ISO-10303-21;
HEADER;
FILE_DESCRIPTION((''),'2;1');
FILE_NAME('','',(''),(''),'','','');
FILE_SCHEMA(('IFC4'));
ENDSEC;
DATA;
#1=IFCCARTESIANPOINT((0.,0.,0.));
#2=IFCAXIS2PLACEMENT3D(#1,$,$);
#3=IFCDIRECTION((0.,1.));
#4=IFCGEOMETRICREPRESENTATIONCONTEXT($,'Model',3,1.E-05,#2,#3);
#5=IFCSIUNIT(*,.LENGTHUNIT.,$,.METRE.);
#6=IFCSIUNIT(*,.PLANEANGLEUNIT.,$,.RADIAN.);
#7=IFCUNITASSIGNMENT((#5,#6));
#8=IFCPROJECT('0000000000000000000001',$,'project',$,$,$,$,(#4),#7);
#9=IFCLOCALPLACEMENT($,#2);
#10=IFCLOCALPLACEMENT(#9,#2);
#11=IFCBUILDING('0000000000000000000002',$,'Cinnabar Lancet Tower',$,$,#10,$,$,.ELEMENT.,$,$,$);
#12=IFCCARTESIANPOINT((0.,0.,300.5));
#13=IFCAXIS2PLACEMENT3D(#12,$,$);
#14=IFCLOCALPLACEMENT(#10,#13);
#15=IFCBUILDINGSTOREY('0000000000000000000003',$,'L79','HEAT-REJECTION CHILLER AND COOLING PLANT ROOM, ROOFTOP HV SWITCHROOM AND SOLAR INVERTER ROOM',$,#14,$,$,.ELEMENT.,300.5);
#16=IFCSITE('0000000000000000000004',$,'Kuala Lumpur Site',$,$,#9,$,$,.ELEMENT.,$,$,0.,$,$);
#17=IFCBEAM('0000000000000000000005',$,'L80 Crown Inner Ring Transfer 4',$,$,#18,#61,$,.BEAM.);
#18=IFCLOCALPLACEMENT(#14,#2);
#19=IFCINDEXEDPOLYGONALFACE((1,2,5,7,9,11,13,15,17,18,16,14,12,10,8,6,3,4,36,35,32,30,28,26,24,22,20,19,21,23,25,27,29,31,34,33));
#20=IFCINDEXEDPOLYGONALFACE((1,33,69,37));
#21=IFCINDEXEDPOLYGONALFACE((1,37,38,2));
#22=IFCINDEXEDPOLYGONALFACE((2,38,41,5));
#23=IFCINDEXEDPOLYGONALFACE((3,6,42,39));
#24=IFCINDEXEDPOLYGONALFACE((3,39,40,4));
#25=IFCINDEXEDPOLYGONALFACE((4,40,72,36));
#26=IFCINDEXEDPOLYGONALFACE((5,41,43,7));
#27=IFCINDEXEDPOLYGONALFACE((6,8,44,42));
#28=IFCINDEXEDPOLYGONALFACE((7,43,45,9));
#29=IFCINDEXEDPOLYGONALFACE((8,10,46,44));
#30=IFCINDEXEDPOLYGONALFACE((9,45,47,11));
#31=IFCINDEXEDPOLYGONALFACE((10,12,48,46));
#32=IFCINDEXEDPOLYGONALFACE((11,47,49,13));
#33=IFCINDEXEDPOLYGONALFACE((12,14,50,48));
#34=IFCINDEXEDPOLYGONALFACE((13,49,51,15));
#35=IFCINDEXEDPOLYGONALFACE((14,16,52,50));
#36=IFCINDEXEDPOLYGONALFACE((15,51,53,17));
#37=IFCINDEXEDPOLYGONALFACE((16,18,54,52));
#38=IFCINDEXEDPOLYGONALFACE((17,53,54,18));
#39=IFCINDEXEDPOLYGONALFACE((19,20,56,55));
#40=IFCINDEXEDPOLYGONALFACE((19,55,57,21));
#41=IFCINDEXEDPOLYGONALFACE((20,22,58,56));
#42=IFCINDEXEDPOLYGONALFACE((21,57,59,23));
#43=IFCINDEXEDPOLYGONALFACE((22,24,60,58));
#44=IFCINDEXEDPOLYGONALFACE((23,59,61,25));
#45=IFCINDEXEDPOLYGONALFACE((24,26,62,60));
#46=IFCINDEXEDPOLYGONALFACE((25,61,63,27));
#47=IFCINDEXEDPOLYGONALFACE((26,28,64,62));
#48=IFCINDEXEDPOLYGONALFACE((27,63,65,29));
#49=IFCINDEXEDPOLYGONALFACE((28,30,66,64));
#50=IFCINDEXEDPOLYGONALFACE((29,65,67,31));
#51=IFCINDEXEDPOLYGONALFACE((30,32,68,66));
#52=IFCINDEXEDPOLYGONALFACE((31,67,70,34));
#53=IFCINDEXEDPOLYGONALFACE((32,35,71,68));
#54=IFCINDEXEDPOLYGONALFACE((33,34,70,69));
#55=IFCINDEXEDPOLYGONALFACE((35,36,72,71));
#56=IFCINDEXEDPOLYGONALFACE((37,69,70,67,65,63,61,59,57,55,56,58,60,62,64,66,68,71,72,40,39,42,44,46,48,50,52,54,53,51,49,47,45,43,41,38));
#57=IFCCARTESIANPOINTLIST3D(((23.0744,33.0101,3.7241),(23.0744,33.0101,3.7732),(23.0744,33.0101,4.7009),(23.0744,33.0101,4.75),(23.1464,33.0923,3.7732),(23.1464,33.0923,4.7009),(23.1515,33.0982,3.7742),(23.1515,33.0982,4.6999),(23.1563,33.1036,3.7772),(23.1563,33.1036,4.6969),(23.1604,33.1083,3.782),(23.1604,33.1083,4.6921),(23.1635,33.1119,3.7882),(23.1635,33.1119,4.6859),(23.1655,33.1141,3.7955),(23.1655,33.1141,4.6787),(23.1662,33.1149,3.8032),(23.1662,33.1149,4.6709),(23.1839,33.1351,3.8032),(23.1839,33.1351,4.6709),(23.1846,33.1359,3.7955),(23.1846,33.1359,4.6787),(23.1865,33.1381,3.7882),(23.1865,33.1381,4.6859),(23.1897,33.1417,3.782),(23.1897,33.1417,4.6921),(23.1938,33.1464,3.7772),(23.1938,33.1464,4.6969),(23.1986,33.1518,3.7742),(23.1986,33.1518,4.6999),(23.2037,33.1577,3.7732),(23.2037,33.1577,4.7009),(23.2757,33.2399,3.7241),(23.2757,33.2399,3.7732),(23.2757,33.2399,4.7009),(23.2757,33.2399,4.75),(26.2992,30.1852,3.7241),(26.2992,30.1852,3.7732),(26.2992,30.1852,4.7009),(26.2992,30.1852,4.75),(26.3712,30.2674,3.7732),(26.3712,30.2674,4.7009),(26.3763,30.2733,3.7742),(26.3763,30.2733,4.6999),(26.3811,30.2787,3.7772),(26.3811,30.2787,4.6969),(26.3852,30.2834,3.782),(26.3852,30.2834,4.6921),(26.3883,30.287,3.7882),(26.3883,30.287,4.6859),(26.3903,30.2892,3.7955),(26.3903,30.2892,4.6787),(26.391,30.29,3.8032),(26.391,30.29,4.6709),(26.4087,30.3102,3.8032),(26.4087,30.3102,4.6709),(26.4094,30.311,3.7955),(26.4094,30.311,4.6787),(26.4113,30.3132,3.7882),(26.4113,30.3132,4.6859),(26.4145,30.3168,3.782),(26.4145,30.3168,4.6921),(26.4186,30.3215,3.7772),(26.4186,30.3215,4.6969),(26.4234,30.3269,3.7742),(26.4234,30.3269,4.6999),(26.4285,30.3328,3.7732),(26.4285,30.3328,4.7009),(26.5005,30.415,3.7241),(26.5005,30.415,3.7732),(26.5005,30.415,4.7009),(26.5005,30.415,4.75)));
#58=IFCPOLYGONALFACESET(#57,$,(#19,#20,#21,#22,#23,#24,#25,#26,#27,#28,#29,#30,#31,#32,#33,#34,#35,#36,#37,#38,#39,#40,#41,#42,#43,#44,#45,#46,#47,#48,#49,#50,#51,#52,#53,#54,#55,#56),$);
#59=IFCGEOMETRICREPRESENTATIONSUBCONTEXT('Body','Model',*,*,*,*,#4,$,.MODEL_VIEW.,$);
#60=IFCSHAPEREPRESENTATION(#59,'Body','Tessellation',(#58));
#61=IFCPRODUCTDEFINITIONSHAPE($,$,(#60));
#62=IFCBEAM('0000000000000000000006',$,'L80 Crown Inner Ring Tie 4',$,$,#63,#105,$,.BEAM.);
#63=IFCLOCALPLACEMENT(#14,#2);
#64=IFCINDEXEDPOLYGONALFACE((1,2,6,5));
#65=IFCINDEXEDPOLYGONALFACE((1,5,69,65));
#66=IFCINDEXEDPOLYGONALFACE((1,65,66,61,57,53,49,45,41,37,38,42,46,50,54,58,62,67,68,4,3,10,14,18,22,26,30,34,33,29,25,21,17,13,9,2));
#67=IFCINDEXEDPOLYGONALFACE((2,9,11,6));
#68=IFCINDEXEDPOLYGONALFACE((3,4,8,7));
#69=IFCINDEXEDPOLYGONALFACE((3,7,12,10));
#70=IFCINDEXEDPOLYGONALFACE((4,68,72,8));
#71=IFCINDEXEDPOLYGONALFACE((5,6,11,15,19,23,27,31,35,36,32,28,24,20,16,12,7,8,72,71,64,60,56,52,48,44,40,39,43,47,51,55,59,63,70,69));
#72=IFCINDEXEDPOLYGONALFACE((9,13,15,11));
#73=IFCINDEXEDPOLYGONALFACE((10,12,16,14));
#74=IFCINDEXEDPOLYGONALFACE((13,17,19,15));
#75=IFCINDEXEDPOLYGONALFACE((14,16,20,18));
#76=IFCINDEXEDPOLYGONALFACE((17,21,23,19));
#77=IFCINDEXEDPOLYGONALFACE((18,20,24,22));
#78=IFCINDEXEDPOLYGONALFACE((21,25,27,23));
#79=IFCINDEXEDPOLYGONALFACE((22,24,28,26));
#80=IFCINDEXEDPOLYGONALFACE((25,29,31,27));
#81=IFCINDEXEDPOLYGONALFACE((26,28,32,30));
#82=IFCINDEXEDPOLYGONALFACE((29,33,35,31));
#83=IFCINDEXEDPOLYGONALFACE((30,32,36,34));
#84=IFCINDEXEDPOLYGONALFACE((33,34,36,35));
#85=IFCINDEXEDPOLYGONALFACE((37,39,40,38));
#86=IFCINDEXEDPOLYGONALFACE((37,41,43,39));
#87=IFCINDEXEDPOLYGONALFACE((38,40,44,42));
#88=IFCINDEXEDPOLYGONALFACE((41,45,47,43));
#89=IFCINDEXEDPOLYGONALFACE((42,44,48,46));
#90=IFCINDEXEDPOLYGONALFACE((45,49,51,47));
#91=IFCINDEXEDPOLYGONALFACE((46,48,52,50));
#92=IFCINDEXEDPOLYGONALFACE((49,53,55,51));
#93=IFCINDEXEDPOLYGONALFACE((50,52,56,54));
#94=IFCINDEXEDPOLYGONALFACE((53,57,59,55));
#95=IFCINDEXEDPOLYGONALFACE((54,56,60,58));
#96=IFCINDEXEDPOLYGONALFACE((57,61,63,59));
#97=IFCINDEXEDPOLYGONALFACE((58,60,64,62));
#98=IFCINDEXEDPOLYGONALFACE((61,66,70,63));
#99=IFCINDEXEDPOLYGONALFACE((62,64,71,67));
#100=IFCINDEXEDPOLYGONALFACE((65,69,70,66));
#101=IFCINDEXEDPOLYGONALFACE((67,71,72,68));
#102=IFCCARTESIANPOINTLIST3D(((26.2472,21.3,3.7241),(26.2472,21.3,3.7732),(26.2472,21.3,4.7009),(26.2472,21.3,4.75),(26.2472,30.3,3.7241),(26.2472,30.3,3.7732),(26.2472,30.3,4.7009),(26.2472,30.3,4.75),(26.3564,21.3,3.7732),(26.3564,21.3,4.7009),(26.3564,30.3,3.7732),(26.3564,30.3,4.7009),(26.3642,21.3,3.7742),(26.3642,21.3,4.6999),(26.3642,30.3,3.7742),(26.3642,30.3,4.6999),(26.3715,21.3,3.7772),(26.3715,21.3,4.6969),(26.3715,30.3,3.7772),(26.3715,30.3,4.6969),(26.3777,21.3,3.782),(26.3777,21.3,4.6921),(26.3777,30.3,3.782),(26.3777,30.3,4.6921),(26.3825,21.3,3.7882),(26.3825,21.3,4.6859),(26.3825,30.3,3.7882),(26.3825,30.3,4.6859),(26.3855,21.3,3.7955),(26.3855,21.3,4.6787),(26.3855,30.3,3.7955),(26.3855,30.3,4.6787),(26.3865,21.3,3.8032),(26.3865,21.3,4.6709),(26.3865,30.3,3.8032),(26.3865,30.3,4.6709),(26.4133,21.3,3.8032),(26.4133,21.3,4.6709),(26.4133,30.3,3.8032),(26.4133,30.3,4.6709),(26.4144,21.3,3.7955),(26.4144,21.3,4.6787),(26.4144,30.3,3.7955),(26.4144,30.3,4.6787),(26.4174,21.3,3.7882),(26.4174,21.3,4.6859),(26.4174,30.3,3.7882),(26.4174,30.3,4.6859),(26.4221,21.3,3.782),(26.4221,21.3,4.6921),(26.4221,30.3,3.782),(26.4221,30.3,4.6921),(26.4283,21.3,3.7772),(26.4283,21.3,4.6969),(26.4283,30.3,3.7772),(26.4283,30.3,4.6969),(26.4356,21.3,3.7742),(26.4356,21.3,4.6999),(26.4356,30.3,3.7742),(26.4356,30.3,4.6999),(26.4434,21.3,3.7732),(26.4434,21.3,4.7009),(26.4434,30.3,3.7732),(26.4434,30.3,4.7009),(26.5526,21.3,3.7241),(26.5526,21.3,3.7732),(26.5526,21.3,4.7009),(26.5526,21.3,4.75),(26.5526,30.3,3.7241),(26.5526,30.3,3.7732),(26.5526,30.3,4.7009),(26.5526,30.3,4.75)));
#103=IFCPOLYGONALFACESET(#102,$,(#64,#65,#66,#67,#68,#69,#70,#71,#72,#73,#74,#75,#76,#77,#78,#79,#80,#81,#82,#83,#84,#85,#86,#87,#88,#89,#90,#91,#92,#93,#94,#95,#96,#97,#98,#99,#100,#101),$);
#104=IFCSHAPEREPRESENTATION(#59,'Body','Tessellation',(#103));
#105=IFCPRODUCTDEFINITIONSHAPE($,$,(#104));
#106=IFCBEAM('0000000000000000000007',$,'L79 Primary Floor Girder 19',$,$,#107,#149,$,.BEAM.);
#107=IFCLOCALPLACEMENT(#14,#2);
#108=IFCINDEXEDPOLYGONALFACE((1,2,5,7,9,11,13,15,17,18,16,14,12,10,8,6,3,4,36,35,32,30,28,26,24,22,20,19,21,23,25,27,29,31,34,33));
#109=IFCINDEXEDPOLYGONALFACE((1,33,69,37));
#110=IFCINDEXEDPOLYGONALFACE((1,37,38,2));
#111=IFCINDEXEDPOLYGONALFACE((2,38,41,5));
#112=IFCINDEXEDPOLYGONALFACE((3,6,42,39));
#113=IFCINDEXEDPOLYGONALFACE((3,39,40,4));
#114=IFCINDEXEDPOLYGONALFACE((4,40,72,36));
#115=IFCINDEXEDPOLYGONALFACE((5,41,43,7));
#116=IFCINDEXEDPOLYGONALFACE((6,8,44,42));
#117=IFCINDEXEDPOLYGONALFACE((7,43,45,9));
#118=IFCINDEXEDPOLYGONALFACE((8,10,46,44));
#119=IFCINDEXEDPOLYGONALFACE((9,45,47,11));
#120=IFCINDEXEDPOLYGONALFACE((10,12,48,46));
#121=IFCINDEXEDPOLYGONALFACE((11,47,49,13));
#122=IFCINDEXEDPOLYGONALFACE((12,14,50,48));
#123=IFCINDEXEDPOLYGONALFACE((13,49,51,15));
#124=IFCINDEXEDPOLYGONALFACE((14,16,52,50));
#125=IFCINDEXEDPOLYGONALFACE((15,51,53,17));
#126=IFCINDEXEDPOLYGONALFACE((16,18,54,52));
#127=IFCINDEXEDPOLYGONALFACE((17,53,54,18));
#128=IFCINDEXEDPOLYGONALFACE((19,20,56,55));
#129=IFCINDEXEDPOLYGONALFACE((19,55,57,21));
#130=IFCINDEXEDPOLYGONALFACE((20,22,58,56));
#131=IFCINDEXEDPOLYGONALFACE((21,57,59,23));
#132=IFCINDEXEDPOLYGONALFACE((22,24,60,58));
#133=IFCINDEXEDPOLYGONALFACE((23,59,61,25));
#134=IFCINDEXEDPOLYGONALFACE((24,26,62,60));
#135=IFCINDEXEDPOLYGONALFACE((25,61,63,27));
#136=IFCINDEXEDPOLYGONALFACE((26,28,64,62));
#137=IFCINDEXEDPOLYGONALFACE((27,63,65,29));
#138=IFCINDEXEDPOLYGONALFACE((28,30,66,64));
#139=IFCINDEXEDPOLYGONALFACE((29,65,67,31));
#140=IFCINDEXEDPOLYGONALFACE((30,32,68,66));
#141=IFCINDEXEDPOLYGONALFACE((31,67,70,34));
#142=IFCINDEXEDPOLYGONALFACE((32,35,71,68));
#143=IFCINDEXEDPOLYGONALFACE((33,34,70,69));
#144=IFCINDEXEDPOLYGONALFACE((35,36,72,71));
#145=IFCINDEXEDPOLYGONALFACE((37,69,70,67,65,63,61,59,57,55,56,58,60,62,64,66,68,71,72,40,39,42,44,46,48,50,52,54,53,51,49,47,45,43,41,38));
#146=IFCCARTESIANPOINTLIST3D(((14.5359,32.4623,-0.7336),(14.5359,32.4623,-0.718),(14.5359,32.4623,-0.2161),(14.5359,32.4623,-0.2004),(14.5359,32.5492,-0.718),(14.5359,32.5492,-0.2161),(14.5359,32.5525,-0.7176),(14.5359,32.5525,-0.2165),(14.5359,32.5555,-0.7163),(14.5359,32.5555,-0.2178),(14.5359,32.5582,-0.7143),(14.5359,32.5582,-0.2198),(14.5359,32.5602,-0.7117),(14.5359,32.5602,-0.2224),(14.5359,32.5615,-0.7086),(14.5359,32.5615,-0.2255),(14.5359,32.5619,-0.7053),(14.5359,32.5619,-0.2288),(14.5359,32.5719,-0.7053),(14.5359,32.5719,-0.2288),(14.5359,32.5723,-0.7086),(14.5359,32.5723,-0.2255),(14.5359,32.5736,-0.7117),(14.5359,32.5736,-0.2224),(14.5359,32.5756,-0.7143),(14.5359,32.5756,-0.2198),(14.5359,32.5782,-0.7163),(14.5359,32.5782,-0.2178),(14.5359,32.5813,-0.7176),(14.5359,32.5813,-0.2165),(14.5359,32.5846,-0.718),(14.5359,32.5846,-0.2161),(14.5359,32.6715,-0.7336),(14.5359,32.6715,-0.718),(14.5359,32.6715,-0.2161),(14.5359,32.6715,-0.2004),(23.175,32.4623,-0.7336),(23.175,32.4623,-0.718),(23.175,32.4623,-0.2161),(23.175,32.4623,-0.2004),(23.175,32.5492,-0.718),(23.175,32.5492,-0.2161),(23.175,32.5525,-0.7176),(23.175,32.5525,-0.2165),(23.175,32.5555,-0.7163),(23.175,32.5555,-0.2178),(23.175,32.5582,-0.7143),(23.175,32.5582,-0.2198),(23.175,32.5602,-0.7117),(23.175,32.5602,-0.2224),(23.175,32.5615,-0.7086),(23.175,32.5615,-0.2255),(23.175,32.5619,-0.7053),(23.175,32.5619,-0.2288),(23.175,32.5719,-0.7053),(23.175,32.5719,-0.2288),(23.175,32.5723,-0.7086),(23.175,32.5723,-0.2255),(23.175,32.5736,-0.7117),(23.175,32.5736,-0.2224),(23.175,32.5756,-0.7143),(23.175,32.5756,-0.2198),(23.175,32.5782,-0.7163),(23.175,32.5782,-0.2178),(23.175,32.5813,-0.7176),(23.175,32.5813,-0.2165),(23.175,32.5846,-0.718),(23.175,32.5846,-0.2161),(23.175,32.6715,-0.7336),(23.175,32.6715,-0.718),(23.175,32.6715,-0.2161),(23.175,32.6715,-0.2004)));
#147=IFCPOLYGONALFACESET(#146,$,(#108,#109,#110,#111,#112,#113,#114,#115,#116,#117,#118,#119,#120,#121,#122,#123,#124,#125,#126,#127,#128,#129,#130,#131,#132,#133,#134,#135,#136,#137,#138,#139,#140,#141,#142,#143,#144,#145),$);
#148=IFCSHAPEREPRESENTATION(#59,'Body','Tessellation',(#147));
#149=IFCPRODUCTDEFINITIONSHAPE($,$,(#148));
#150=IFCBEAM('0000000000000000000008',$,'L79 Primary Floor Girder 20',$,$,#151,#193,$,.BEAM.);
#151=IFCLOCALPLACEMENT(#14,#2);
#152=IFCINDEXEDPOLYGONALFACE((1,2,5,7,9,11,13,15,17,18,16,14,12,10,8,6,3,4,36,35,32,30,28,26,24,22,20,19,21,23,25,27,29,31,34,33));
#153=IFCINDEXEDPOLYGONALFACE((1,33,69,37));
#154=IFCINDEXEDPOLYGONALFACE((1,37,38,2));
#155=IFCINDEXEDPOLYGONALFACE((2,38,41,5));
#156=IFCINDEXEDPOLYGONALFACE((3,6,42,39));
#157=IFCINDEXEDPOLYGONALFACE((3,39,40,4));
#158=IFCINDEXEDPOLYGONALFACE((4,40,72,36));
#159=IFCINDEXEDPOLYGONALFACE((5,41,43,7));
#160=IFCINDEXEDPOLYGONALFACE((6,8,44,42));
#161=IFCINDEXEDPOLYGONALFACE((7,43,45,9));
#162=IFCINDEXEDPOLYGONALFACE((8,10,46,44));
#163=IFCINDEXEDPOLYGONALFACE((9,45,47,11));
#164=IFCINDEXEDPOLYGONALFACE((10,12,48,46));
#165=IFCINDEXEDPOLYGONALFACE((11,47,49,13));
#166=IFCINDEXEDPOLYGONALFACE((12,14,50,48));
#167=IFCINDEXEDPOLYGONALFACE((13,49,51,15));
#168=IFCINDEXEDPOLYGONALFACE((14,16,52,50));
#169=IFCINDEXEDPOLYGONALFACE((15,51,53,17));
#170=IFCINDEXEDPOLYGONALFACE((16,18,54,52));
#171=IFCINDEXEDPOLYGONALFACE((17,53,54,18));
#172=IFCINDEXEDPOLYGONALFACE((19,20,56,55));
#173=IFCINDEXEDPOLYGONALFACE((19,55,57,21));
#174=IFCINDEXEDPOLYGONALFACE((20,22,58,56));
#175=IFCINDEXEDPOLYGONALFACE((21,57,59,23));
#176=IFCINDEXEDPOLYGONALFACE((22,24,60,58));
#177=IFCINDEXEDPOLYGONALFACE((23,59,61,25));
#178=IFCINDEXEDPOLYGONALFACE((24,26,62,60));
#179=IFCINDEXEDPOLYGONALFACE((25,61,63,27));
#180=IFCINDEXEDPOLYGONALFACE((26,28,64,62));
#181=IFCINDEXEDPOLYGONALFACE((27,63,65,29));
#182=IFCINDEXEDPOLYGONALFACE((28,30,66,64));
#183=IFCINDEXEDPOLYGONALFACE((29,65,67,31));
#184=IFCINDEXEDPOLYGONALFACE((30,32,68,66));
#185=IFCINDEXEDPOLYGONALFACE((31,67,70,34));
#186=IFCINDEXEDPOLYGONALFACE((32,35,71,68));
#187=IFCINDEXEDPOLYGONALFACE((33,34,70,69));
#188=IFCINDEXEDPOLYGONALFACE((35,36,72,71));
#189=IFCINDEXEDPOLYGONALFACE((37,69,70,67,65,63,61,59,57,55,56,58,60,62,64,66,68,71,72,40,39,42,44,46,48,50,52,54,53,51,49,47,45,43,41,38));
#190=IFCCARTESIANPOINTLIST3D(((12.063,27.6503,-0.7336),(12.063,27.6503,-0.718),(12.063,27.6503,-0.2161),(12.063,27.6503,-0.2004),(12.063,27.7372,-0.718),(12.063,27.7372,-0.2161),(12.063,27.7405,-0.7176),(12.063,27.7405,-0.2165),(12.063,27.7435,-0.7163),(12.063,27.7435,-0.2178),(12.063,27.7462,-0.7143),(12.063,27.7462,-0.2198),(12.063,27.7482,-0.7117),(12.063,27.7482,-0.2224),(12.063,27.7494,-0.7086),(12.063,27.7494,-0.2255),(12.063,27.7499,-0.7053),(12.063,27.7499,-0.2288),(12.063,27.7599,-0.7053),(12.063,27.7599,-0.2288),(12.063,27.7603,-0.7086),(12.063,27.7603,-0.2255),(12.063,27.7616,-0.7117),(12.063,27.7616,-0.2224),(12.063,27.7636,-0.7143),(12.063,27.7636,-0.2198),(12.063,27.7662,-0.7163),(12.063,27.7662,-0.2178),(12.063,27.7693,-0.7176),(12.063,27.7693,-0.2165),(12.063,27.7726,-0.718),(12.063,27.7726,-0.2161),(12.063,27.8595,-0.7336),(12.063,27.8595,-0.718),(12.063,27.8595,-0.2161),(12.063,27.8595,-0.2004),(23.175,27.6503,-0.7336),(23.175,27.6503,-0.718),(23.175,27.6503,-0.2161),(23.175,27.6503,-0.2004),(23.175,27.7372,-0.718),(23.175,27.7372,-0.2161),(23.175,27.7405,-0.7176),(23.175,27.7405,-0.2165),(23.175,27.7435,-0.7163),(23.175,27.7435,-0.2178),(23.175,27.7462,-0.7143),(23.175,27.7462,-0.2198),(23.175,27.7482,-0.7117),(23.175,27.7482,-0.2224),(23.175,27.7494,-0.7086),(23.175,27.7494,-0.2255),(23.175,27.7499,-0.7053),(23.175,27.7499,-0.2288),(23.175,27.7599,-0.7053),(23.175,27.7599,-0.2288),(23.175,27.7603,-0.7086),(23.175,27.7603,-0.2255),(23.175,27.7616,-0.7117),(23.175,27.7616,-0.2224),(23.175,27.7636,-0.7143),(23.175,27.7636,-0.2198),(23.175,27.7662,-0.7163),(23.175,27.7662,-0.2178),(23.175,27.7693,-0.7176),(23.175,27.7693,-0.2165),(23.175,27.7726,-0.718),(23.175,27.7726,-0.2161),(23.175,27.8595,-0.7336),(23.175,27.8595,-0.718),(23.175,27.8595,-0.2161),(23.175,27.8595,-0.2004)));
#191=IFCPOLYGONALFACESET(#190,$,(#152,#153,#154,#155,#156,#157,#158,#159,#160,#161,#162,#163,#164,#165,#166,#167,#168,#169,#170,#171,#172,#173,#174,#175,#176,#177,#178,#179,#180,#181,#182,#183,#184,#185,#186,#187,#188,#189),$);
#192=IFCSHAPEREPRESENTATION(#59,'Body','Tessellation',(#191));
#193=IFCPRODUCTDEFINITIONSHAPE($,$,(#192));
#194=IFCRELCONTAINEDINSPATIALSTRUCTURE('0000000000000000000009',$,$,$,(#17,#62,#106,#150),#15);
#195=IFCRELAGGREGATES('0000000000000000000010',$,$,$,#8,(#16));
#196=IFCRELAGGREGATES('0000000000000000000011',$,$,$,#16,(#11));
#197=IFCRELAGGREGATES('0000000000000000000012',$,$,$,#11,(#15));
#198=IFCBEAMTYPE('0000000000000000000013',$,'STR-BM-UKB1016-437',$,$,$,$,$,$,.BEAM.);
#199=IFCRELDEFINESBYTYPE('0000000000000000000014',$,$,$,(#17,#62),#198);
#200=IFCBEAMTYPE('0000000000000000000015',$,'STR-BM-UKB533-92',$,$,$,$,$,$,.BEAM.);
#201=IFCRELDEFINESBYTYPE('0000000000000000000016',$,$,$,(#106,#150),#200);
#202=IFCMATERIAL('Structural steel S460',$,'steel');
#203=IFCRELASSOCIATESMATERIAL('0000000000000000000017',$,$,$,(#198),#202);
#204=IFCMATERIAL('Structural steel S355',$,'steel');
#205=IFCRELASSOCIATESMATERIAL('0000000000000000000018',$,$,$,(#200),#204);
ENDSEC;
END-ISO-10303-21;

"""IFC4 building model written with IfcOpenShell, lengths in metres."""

from ifc_helpers import new_model, si_unit, direction, frame, origin, origin_2d, place, context, subcontext, project, spatial, i_section, extrude, material, material_profile, profile_set, type_object, element, save


model = new_model("IFC4")

# Units and contexts
model_context = context("Model", 3, precision=1e-05, world=origin(), true_north=direction((0.0, 1.0)))
body_context = subcontext(model_context, "Body", "Model", "MODEL_VIEW")
ifc_project = project(units=[si_unit("LENGTHUNIT", "METRE"), si_unit("PLANEANGLEUNIT", "RADIAN")], contexts=[model_context])

# Site, building, storey
site_placement = place(None, origin())
site = spatial("IfcSite", under=ifc_project, at=site_placement, Name="Kuala Lumpur Site", CompositionType="ELEMENT", RefElevation=0.0)
building_placement = place(site_placement, origin())
building = spatial("IfcBuilding", under=site, at=building_placement, Name="Cinnabar Lancet Tower", CompositionType="ELEMENT")
storey_placement = place(building_placement, frame((0.0, 0.0, 300.5)))
storey = spatial("IfcBuildingStorey", under=building, at=storey_placement, Name="L79", Description="HEAT-REJECTION CHILLER AND COOLING PLANT ROOM, ROOFTOP HV SWITCHROOM AND SOLAR INVERTER ROOM", CompositionType="ELEMENT", Elevation=300.5)

# Beams
ifc_material_1 = material(Name="Structural steel S460", Category="steel")
ifc_material_profile_1 = material_profile(ifc_material_1, i_section(OverallWidth=0.3054, OverallDepth=1.0259, WebThickness=0.0269, FlangeThickness=0.0491, FilletRadius=0.03, at=origin_2d()), Name="UKB 1016x305x437")
ifc_profile_set_1 = profile_set([ifc_material_profile_1], Name="Structural steel S460")
beam_type_1 = type_object("IfcBeamType", Name="STR-BM-UKB1016-437", PredefinedType="BEAM", material=ifc_profile_set_1)
beam_1_placement = place(storey_placement, frame((23.175, 33.125, 4.2371), z_axis=(0.752206, -0.658928, 0.0), x_axis=(0.658928, 0.752206, 0.0)))
element("IfcBeam", 1, at=beam_1_placement, inside=storey, type_object=beam_type_1, Name="L80 Crown Inner Ring Transfer 4", PredefinedType="BEAM", context=body_context, shape_type="SweptSolid", body=[
    extrude(i_section(OverallWidth=0.3054, OverallDepth=1.0259, WebThickness=0.0269, FlangeThickness=0.0491, FilletRadius=0.03, at=origin_2d()), origin(), (0.0, 0.0, 1.0), 4.2871),
])
beam_2_placement = place(storey_placement, frame((26.3999, 30.3, 4.2371), z_axis=(0.0, -1.0, 0.0), x_axis=(1.0, 0.0, 0.0)))
element("IfcBeam", 2, at=beam_2_placement, inside=storey, type_object=beam_type_1, Name="L80 Crown Inner Ring Tie 4", PredefinedType="BEAM", context=body_context, shape_type="SweptSolid", body=[
    extrude(i_section(OverallWidth=0.3054, OverallDepth=1.0259, WebThickness=0.0269, FlangeThickness=0.0491, FilletRadius=0.03, at=origin_2d()), origin(), (0.0, 0.0, 1.0), 9.0),
])
ifc_material_2 = material(Name="Structural steel S355", Category="steel")
ifc_material_profile_2 = material_profile(ifc_material_2, i_section(OverallWidth=0.2092, OverallDepth=0.5332, WebThickness=0.01, FlangeThickness=0.0156, FilletRadius=0.0127, at=origin_2d()), Name="UKB 533x210x92")
ifc_profile_set_2 = profile_set([ifc_material_profile_2], Name="Structural steel S355")
beam_type_2 = type_object("IfcBeamType", Name="STR-BM-UKB533-92", PredefinedType="BEAM", material=ifc_profile_set_2)
beam_3_placement = place(storey_placement, frame((14.5359, 32.5669, -0.467), z_axis=(1.0, 0.0, 0.0), x_axis=(0.0, 1.0, 0.0)))
element("IfcBeam", 3, at=beam_3_placement, inside=storey, type_object=beam_type_2, Name="L79 Primary Floor Girder 19", PredefinedType="BEAM", context=body_context, shape_type="SweptSolid", body=[
    extrude(i_section(OverallWidth=0.2092, OverallDepth=0.5332, WebThickness=0.01, FlangeThickness=0.0156, FilletRadius=0.0127, at=origin_2d()), origin(), (0.0, 0.0, 1.0), 8.6392),
])
beam_4_placement = place(storey_placement, frame((12.063, 27.7549, -0.467), z_axis=(1.0, 0.0, 0.0), x_axis=(0.0, 1.0, 0.0)))
element("IfcBeam", 4, at=beam_4_placement, inside=storey, type_object=beam_type_2, Name="L79 Primary Floor Girder 20", PredefinedType="BEAM", context=body_context, shape_type="SweptSolid", body=[
    extrude(i_section(OverallWidth=0.2092, OverallDepth=0.5332, WebThickness=0.01, FlangeThickness=0.0156, FilletRadius=0.0127, at=origin_2d()), origin(), (0.0, 0.0, 1.0), 11.1121),
])

save(model, "model.ifc")
